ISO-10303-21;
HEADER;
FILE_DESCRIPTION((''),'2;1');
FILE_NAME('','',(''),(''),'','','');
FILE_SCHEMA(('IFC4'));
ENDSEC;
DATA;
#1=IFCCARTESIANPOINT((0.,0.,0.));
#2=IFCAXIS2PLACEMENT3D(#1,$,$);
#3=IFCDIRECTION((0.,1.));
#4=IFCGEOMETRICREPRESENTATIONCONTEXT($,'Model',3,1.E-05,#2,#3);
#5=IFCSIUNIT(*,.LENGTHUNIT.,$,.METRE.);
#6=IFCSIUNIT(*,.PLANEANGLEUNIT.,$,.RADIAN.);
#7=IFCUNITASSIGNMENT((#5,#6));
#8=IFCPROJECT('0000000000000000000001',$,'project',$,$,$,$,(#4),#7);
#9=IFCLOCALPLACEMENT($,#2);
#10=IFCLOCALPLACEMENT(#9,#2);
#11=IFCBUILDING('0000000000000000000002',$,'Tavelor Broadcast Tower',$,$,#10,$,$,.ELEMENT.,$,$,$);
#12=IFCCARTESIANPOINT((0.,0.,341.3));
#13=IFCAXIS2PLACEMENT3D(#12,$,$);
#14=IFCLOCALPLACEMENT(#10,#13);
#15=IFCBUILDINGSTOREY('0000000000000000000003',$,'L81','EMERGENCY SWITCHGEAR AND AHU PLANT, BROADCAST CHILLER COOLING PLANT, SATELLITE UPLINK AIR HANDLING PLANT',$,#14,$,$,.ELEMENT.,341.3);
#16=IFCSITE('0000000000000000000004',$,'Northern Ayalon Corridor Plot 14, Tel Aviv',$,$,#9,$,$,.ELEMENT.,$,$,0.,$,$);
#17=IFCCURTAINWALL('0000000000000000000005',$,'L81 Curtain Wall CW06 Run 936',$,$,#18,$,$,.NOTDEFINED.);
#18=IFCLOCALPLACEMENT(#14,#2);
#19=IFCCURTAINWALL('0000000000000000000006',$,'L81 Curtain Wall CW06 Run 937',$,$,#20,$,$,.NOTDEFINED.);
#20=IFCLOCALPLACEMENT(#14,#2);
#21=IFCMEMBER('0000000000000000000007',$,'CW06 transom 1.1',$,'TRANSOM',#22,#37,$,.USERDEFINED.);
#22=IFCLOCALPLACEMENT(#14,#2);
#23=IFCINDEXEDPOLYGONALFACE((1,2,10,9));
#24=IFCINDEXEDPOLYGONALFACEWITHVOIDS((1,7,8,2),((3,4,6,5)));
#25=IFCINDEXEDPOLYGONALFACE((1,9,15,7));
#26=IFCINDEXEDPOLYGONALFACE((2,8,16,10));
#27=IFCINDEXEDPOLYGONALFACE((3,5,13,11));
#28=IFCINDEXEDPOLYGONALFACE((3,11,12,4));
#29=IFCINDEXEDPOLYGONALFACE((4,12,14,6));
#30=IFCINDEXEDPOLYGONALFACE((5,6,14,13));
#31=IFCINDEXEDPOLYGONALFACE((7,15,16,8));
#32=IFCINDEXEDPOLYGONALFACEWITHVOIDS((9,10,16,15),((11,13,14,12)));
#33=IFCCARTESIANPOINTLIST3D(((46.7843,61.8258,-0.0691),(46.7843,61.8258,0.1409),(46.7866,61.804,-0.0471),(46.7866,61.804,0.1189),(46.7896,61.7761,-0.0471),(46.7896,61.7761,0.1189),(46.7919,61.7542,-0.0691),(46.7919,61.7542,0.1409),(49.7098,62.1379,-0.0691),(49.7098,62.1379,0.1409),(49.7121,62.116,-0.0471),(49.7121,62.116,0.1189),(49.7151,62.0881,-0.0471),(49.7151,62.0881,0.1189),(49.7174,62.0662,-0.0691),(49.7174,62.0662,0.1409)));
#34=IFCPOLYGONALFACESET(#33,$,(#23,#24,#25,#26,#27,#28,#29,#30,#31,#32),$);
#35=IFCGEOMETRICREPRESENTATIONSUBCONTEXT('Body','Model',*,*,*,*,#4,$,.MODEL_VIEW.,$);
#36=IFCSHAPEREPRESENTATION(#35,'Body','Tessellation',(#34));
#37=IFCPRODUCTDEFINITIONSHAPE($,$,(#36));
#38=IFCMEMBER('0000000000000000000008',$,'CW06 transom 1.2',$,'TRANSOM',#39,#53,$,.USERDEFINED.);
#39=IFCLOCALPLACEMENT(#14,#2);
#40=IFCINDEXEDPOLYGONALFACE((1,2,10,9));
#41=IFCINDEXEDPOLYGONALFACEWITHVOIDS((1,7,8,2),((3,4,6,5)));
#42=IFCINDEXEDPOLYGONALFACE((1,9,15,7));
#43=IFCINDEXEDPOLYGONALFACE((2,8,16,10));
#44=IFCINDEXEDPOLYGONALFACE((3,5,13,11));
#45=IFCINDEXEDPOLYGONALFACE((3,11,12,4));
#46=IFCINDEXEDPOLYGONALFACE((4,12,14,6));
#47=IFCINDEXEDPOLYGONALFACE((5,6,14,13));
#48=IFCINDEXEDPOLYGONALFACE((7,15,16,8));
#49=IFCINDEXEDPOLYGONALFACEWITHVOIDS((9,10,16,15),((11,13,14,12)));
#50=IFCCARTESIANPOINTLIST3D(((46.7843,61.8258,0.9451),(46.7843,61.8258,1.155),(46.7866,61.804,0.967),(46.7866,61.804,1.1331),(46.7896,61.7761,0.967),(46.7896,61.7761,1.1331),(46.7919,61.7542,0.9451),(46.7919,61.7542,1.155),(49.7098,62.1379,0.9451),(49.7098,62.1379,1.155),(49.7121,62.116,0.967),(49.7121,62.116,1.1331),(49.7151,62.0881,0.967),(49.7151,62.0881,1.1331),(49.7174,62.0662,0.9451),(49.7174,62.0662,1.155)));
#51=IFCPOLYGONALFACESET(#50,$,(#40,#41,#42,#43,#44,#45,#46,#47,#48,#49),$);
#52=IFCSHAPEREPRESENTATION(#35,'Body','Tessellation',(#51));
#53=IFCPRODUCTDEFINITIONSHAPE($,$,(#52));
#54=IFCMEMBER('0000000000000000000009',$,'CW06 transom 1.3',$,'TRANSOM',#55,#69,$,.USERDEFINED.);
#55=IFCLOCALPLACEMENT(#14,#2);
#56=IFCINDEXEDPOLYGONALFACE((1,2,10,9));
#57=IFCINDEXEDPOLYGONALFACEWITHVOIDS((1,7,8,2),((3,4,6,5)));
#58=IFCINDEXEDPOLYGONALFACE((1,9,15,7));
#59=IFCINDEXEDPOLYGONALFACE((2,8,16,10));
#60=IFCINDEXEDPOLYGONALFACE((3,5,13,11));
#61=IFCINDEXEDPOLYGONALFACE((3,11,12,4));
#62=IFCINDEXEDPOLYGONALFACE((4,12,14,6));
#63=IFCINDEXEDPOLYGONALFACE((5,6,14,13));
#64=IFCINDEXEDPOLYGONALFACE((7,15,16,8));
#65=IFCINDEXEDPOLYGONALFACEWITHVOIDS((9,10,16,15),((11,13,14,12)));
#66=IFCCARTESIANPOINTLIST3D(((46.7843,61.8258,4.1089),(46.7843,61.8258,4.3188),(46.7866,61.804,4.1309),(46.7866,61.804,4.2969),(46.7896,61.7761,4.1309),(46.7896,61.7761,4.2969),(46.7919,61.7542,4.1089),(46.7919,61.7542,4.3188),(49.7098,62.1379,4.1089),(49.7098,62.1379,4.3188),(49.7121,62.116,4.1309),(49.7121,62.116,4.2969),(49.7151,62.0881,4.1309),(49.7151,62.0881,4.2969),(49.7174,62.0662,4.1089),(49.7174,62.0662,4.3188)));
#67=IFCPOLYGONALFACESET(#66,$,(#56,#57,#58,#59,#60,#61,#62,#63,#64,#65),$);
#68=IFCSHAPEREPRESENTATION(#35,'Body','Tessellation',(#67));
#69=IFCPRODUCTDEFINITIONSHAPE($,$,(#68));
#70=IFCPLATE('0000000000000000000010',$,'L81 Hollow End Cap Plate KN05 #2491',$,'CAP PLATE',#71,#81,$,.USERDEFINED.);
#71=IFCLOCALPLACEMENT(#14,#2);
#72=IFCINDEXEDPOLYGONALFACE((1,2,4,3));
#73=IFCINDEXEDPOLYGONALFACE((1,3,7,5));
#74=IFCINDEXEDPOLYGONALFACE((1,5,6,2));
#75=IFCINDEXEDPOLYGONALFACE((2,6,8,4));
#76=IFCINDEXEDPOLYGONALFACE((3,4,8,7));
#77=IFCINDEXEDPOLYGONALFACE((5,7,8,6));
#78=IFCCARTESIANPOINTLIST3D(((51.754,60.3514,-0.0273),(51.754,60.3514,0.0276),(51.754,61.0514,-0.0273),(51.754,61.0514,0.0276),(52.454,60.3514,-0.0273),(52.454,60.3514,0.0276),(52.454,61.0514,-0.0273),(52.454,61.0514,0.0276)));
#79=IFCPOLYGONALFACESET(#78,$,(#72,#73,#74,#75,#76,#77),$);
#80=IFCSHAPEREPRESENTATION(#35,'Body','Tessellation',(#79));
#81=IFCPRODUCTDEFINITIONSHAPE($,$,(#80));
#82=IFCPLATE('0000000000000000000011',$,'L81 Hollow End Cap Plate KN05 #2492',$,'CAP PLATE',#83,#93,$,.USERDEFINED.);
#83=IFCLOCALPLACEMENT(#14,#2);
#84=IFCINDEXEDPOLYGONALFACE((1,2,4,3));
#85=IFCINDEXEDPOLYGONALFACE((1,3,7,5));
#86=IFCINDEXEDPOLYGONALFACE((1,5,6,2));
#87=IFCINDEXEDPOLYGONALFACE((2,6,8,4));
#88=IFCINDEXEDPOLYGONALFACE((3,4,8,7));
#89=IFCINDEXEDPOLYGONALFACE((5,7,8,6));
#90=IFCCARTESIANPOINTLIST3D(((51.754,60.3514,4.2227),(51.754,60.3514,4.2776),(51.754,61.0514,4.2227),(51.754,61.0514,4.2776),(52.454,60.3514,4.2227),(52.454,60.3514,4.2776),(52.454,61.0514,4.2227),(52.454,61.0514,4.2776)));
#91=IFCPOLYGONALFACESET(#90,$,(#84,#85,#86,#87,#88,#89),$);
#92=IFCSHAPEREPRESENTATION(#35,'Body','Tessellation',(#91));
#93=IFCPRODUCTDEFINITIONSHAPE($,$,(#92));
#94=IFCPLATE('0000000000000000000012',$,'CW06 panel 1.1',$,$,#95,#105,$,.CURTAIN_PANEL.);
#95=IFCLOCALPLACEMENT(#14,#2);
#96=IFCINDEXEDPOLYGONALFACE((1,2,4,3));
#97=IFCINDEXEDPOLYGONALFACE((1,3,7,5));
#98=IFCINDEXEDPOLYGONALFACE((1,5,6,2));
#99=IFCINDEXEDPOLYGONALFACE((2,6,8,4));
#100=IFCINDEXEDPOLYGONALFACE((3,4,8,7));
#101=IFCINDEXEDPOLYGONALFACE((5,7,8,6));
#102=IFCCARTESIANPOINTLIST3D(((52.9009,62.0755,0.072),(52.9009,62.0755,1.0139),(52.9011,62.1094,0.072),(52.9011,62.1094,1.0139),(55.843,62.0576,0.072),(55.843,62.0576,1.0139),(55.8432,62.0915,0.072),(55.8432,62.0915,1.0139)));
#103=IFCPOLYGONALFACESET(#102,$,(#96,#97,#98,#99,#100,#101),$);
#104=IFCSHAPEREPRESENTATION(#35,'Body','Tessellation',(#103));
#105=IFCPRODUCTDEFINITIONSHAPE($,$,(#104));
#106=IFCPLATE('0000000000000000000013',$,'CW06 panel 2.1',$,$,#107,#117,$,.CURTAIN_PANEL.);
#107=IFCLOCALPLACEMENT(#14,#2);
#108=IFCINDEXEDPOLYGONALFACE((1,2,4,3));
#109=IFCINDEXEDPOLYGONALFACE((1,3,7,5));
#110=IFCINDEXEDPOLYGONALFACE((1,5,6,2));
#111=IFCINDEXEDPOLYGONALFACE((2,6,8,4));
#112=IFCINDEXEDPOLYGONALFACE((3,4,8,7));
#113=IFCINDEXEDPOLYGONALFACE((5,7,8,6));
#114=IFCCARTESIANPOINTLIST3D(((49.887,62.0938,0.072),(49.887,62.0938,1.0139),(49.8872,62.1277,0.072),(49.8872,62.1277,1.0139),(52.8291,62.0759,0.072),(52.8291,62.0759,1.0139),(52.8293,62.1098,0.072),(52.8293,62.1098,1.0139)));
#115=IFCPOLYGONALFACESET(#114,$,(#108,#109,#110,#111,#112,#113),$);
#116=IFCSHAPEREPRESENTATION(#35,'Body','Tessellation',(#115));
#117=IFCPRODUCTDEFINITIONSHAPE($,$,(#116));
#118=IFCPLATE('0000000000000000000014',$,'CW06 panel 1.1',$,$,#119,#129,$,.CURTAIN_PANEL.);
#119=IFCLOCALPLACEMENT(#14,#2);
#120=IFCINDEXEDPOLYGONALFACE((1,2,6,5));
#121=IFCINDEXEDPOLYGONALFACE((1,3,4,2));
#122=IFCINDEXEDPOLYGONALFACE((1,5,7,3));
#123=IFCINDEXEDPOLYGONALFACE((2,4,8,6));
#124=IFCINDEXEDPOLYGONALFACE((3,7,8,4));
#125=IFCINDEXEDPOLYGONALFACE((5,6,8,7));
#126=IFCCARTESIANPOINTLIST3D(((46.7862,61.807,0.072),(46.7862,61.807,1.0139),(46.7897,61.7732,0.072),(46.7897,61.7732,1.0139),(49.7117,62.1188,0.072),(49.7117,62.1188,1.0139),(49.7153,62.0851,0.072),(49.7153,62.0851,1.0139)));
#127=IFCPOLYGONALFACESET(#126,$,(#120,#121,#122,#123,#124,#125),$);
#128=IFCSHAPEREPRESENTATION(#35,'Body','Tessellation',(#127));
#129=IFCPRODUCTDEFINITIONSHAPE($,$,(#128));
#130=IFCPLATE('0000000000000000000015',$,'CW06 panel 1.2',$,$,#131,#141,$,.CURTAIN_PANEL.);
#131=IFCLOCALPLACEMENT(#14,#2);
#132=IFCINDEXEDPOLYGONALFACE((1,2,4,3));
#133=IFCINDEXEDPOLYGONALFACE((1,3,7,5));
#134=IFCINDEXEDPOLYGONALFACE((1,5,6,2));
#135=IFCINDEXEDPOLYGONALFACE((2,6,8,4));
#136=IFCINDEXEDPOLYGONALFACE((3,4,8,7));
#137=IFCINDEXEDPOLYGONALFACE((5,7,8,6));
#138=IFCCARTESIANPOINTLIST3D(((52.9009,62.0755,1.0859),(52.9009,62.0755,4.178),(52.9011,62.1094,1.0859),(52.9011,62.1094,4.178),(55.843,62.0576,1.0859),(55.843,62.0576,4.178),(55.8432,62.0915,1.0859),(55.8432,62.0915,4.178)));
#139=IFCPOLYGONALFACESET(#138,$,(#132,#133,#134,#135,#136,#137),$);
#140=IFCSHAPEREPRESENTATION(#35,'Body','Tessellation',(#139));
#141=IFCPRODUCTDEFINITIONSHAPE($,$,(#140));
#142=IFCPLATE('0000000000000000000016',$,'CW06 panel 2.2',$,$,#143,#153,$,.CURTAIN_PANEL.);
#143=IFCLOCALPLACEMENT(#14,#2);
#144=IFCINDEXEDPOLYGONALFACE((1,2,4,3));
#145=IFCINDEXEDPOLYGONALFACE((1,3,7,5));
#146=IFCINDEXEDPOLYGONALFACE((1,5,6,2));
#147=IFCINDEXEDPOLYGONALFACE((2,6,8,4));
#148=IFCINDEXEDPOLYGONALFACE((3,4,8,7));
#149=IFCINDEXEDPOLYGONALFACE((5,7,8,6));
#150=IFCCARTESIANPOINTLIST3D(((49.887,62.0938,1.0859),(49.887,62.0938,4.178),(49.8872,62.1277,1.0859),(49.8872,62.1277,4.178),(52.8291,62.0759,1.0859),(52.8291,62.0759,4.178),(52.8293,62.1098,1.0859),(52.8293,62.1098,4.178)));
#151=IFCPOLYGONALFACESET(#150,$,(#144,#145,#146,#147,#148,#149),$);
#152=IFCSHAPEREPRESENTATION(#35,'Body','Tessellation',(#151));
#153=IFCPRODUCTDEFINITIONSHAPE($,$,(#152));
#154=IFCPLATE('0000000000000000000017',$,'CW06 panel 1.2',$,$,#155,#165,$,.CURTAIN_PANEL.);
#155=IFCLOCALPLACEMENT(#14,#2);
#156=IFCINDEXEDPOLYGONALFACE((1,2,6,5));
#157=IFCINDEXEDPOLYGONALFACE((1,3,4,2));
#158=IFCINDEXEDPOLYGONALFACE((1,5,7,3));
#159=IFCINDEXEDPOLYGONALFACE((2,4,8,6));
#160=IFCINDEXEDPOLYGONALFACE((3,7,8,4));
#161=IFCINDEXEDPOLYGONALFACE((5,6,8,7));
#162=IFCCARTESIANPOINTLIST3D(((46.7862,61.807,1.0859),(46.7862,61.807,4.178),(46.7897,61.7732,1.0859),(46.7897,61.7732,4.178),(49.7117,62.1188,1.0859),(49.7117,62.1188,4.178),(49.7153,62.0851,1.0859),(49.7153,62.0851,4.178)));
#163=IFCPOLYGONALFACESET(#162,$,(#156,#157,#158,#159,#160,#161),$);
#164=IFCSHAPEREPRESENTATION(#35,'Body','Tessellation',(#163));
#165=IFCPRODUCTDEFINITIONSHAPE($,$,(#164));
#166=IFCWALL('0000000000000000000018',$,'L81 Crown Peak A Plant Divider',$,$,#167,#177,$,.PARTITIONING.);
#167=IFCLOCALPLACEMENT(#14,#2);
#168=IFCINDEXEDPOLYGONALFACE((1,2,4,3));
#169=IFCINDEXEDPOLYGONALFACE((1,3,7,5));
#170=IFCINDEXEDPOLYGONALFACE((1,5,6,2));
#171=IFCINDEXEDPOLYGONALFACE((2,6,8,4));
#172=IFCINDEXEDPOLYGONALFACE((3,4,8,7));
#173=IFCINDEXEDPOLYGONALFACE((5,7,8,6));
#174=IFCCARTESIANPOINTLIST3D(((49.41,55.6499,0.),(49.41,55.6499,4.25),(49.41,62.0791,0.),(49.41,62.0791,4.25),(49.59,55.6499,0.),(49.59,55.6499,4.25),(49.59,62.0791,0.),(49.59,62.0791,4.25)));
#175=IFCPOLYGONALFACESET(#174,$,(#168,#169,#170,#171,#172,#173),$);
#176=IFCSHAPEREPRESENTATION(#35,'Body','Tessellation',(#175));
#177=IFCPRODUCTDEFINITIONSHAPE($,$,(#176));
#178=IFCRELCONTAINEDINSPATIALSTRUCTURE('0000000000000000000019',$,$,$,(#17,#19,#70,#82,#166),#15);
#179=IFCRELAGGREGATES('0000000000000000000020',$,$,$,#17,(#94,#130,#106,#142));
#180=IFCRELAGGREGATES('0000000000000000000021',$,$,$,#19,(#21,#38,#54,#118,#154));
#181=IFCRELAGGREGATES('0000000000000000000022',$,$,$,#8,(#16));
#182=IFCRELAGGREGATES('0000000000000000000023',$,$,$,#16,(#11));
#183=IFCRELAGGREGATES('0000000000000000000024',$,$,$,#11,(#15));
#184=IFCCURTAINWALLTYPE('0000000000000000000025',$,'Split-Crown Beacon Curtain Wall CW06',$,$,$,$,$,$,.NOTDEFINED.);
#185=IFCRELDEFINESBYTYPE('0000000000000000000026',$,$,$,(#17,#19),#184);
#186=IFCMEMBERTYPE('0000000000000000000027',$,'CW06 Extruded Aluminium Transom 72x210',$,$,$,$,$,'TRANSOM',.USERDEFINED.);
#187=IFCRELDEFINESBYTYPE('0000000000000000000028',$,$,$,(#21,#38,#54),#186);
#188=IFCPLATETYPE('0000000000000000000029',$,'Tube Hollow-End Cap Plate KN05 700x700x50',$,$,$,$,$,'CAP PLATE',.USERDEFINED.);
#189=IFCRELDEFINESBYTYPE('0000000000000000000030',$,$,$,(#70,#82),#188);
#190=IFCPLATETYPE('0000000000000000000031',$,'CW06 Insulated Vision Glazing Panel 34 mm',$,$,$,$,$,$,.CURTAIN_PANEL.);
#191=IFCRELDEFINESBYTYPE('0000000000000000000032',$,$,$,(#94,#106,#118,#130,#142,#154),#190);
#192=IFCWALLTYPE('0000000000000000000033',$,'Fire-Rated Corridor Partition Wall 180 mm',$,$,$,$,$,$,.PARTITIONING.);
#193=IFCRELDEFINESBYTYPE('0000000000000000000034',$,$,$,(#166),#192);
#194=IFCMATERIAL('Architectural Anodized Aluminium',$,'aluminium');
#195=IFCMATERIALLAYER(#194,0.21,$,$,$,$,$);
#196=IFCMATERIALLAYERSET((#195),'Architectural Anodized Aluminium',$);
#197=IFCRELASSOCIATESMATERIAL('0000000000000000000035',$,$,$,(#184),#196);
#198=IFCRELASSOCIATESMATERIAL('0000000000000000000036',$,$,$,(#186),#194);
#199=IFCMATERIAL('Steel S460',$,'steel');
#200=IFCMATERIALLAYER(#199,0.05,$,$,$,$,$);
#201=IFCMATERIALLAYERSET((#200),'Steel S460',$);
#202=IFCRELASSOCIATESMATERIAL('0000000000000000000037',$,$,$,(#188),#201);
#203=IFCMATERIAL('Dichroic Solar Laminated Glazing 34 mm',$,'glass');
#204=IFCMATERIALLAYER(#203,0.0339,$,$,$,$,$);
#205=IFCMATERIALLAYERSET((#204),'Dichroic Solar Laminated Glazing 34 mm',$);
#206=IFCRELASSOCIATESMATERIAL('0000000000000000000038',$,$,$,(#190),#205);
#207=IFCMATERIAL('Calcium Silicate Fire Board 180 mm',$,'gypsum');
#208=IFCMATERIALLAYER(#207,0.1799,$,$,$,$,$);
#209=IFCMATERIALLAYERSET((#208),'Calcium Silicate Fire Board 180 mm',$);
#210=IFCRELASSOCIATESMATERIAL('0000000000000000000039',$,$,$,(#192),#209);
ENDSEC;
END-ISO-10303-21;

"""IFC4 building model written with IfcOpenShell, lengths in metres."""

from ifc_helpers import new_model, si_unit, direction, frame, frame_2d, origin, origin_2d, place, context, subcontext, project, spatial, rectangle, hollow_rectangle, extrude, source, transform, mapped, material, layer, layer_set, material_profile, profile_set, type_object, type_shapes, element, aggregate, save


model = new_model("IFC4")

# Units and contexts
model_context = context("Model", 3, precision=1e-05, world=origin(), true_north=direction((0.0, 1.0)))
body_context = subcontext(model_context, "Body", "Model", "MODEL_VIEW")
ifc_project = project(units=[si_unit("LENGTHUNIT", "METRE"), si_unit("PLANEANGLEUNIT", "RADIAN")], contexts=[model_context])

# Site, building, storey
site_placement = place(None, origin())
site = spatial("IfcSite", under=ifc_project, at=site_placement, Name="Northern Ayalon Corridor Plot 14, Tel Aviv", CompositionType="ELEMENT", RefElevation=0.0)
building_placement = place(site_placement, origin())
building = spatial("IfcBuilding", under=site, at=building_placement, Name="Tavelor Broadcast Tower", CompositionType="ELEMENT")
storey_placement = place(building_placement, frame((0.0, 0.0, 341.3)))
storey = spatial("IfcBuildingStorey", under=building, at=storey_placement, Name="L81", Description="EMERGENCY SWITCHGEAR AND AHU PLANT, BROADCAST CHILLER COOLING PLANT, SATELLITE UPLINK AIR HANDLING PLANT", CompositionType="ELEMENT", Elevation=341.3)

# Curtain wall
ifc_material_1 = material(Name="Architectural Anodized Aluminium", Category="aluminium")
ifc_layer_1 = layer(ifc_material_1, 0.21)
ifc_layer_set_1 = layer_set([ifc_layer_1], Name="Architectural Anodized Aluminium")
curtain_wall_type = type_object("IfcCurtainWallType", Name="Split-Crown Beacon Curtain Wall CW06", PredefinedType="NOTDEFINED", material=ifc_layer_set_1)
curtain_wall_1_placement = place(storey_placement, origin())
curtain_wall_1 = element("IfcCurtainWall", 1, at=curtain_wall_1_placement, inside=storey, type_object=curtain_wall_type, Name="L81 Curtain Wall CW06 Run 936", PredefinedType="NOTDEFINED")

# Curtain wall
curtain_wall_2_placement = place(storey_placement, origin())
curtain_wall_2 = element("IfcCurtainWall", 2, at=curtain_wall_2_placement, inside=storey, type_object=curtain_wall_type, Name="L81 Curtain Wall CW06 Run 937", PredefinedType="NOTDEFINED")

# Members
ifc_material_profile_1 = material_profile(ifc_material_1, hollow_rectangle(XDim=0.072, YDim=0.21, WallThickness=0.022, at=origin_2d()), Name="RHS 72x210x22")
ifc_profile_set_1 = profile_set([ifc_material_profile_1], Name="Architectural Anodized Aluminium")
member_type_1 = type_object("IfcMemberType", Name="CW06 Extruded Aluminium Transom 72x210", ElementType="TRANSOM", PredefinedType="USERDEFINED", material=ifc_profile_set_1)
shared_shape_1 = source(origin(), body_context, "Body", "SweptSolid", [
    extrude(hollow_rectangle(XDim=0.072, YDim=0.21, WallThickness=0.022, at=origin_2d()), origin(), (0.0, 0.0, 1.0), 2.9421),
])
member_1_placement = place(storey_placement, frame((49.7136, 62.1021, 0.0359), z_axis=(-0.994361, -0.10605, 0.0), x_axis=(0.10605, -0.994361, 0.0)))
member_1 = element("IfcMember", 3, at=member_1_placement, type_object=member_type_1, Name="CW06 transom 1.1", ObjectType="TRANSOM", PredefinedType="USERDEFINED", context=body_context, shape_type="MappedRepresentation", body=[
    mapped(shared_shape_1, transform((0.0, 0.0, 0.0), scale=1.0)),
])
member_2_placement = place(storey_placement, frame((49.7136, 62.1021, 1.05), z_axis=(-0.994361, -0.10605, 0.0), x_axis=(0.10605, -0.994361, 0.0)))
member_2 = element("IfcMember", 4, at=member_2_placement, type_object=member_type_1, Name="CW06 transom 1.2", ObjectType="TRANSOM", PredefinedType="USERDEFINED", context=body_context, shape_type="MappedRepresentation", body=[
    mapped(shared_shape_1, transform((0.0, 0.0, 0.0), scale=1.0)),
])
member_3_placement = place(storey_placement, frame((49.7136, 62.1021, 4.2139), z_axis=(-0.994361, -0.10605, 0.0), x_axis=(0.10605, -0.994361, 0.0)))
member_3 = element("IfcMember", 5, at=member_3_placement, type_object=member_type_1, Name="CW06 transom 1.3", ObjectType="TRANSOM", PredefinedType="USERDEFINED", context=body_context, shape_type="MappedRepresentation", body=[
    mapped(shared_shape_1, transform((0.0, 0.0, 0.0), scale=1.0)),
])

# Plates
ifc_material_2 = material(Name="Steel S460", Category="steel")
ifc_layer_2 = layer(ifc_material_2, 0.05)
ifc_layer_set_2 = layer_set([ifc_layer_2], Name="Steel S460")
plate_type_1 = type_object("IfcPlateType", Name="Tube Hollow-End Cap Plate KN05 700x700x50", ElementType="CAP PLATE", PredefinedType="USERDEFINED", material=ifc_layer_set_2)
shared_shape_2 = source(origin(), body_context, "Body", "SweptSolid", [
    extrude(rectangle(XDim=0.7, YDim=0.7, at=origin_2d()), origin(), (0.0, 0.0, 1.0), 0.0549),
])
type_shapes(plate_type_1, [shared_shape_2])
for number, where, z_axis, x_axis, name in (
    (6, (52.104, 60.7014, -0.0273), (0.0, 0.0, 1.0), (1.0, 0.0, 0.0), "L81 Hollow End Cap Plate KN05 #2491"),
    (7, (52.104, 60.7014, 4.2227), (0.0, 0.0, 1.0), (1.0, 0.0, 0.0), "L81 Hollow End Cap Plate KN05 #2492"),
):
    element("IfcPlate", number, at=place(storey_placement, frame(where, z_axis=z_axis, x_axis=x_axis)), inside=storey, type_object=plate_type_1, Name=name, ObjectType="CAP PLATE", PredefinedType="USERDEFINED", context=body_context, shape_type="MappedRepresentation", body=[
        mapped(shared_shape_2, transform((0.0, 0.0, 0.0), scale=1.0)),
    ])

# Plates
ifc_material_3 = material(Name="Dichroic Solar Laminated Glazing 34 mm", Category="glass")
ifc_layer_3 = layer(ifc_material_3, 0.0339)
ifc_layer_set_3 = layer_set([ifc_layer_3], Name="Dichroic Solar Laminated Glazing 34 mm")
plate_type_2 = type_object("IfcPlateType", Name="CW06 Insulated Vision Glazing Panel 34 mm", PredefinedType="CURTAIN_PANEL", material=ifc_layer_set_3)
shared_shape_3 = source(origin(), body_context, "Body", "SweptSolid", [
    extrude(rectangle(XDim=2.9421, YDim=0.0339, at=origin_2d()), origin(), (0.0, 0.0, 1.0), 0.9419),
])
plate_1_placement = place(storey_placement, frame((54.3721, 62.0835, 0.072), z_axis=(0.0, 0.0, 1.0), x_axis=(-0.999982, 0.006082, 0.0)))
plate_1 = element("IfcPlate", 8, at=plate_1_placement, type_object=plate_type_2, Name="CW06 panel 1.1", PredefinedType="CURTAIN_PANEL", context=body_context, shape_type="MappedRepresentation", body=[
    mapped(shared_shape_3, transform((0.0, 0.0, 0.0), scale=1.0)),
])
plate_2_placement = place(storey_placement, frame((51.3582, 62.1018, 0.072), z_axis=(0.0, 0.0, 1.0), x_axis=(-0.999982, 0.006082, 0.0)))
plate_2 = element("IfcPlate", 9, at=plate_2_placement, type_object=plate_type_2, Name="CW06 panel 2.1", PredefinedType="CURTAIN_PANEL", context=body_context, shape_type="MappedRepresentation", body=[
    mapped(shared_shape_3, transform((0.0, 0.0, 0.0), scale=1.0)),
])
plate_3_placement = place(storey_placement, frame((48.2507, 61.946, 0.072), z_axis=(0.0, 0.0, 1.0), x_axis=(-0.994367, -0.105995, 0.0)))
plate_3 = element("IfcPlate", 10, at=plate_3_placement, type_object=plate_type_2, Name="CW06 panel 1.1", PredefinedType="CURTAIN_PANEL", context=body_context, shape_type="MappedRepresentation", body=[
    mapped(shared_shape_3, transform((0.0, 0.0, 0.0), scale=1.0)),
])
shared_shape_4 = source(origin(), body_context, "Body", "SweptSolid", [
    extrude(rectangle(XDim=2.9421, YDim=0.0339, at=origin_2d()), origin(), (0.0, 0.0, 1.0), 3.092),
])
type_shapes(plate_type_2, [shared_shape_3, shared_shape_4])
plate_4_placement = place(storey_placement, frame((54.3721, 62.0835, 1.0859), z_axis=(0.0, 0.0, 1.0), x_axis=(-0.999982, 0.006082, 0.0)))
plate_4 = element("IfcPlate", 11, at=plate_4_placement, type_object=plate_type_2, Name="CW06 panel 1.2", PredefinedType="CURTAIN_PANEL", context=body_context, shape_type="MappedRepresentation", body=[
    mapped(shared_shape_4, transform((0.0, 0.0, 0.0), scale=1.0)),
])
plate_5_placement = place(storey_placement, frame((51.3582, 62.1018, 1.0859), z_axis=(0.0, 0.0, 1.0), x_axis=(-0.999982, 0.006082, 0.0)))
plate_5 = element("IfcPlate", 12, at=plate_5_placement, type_object=plate_type_2, Name="CW06 panel 2.2", PredefinedType="CURTAIN_PANEL", context=body_context, shape_type="MappedRepresentation", body=[
    mapped(shared_shape_4, transform((0.0, 0.0, 0.0), scale=1.0)),
])
aggregate(curtain_wall_1, [plate_1, plate_4, plate_2, plate_5])
plate_6_placement = place(storey_placement, frame((48.2507, 61.946, 1.0859), z_axis=(0.0, 0.0, 1.0), x_axis=(-0.994367, -0.105995, 0.0)))
plate_6 = element("IfcPlate", 13, at=plate_6_placement, type_object=plate_type_2, Name="CW06 panel 1.2", PredefinedType="CURTAIN_PANEL", context=body_context, shape_type="MappedRepresentation", body=[
    mapped(shared_shape_4, transform((0.0, 0.0, 0.0), scale=1.0)),
])
aggregate(curtain_wall_2, [member_1, member_2, member_3, plate_3, plate_6])

# Wall
ifc_material_4 = material(Name="Calcium Silicate Fire Board 180 mm", Category="gypsum")
ifc_layer_4 = layer(ifc_material_4, 0.1799)
ifc_layer_set_4 = layer_set([ifc_layer_4], Name="Calcium Silicate Fire Board 180 mm")
wall_type = type_object("IfcWallType", Name="Fire-Rated Corridor Partition Wall 180 mm", PredefinedType="PARTITIONING", material=ifc_layer_set_4)
wall_placement = place(storey_placement, frame((49.5, 55.6499, 0.0), z_axis=(0.0, 0.0, 1.0), x_axis=(0.0, 1.0, 0.0)))
element("IfcWall", 14, at=wall_placement, inside=storey, type_object=wall_type, Name="L81 Crown Peak A Plant Divider", PredefinedType="PARTITIONING", context=body_context, shape_type="SweptSolid", body=[
    extrude(rectangle(XDim=6.4292, YDim=0.1799, at=frame_2d((3.2146, 0.0))), origin(), (0.0, 0.0, 1.0), 4.25),
])

save(model, "model.ifc")
